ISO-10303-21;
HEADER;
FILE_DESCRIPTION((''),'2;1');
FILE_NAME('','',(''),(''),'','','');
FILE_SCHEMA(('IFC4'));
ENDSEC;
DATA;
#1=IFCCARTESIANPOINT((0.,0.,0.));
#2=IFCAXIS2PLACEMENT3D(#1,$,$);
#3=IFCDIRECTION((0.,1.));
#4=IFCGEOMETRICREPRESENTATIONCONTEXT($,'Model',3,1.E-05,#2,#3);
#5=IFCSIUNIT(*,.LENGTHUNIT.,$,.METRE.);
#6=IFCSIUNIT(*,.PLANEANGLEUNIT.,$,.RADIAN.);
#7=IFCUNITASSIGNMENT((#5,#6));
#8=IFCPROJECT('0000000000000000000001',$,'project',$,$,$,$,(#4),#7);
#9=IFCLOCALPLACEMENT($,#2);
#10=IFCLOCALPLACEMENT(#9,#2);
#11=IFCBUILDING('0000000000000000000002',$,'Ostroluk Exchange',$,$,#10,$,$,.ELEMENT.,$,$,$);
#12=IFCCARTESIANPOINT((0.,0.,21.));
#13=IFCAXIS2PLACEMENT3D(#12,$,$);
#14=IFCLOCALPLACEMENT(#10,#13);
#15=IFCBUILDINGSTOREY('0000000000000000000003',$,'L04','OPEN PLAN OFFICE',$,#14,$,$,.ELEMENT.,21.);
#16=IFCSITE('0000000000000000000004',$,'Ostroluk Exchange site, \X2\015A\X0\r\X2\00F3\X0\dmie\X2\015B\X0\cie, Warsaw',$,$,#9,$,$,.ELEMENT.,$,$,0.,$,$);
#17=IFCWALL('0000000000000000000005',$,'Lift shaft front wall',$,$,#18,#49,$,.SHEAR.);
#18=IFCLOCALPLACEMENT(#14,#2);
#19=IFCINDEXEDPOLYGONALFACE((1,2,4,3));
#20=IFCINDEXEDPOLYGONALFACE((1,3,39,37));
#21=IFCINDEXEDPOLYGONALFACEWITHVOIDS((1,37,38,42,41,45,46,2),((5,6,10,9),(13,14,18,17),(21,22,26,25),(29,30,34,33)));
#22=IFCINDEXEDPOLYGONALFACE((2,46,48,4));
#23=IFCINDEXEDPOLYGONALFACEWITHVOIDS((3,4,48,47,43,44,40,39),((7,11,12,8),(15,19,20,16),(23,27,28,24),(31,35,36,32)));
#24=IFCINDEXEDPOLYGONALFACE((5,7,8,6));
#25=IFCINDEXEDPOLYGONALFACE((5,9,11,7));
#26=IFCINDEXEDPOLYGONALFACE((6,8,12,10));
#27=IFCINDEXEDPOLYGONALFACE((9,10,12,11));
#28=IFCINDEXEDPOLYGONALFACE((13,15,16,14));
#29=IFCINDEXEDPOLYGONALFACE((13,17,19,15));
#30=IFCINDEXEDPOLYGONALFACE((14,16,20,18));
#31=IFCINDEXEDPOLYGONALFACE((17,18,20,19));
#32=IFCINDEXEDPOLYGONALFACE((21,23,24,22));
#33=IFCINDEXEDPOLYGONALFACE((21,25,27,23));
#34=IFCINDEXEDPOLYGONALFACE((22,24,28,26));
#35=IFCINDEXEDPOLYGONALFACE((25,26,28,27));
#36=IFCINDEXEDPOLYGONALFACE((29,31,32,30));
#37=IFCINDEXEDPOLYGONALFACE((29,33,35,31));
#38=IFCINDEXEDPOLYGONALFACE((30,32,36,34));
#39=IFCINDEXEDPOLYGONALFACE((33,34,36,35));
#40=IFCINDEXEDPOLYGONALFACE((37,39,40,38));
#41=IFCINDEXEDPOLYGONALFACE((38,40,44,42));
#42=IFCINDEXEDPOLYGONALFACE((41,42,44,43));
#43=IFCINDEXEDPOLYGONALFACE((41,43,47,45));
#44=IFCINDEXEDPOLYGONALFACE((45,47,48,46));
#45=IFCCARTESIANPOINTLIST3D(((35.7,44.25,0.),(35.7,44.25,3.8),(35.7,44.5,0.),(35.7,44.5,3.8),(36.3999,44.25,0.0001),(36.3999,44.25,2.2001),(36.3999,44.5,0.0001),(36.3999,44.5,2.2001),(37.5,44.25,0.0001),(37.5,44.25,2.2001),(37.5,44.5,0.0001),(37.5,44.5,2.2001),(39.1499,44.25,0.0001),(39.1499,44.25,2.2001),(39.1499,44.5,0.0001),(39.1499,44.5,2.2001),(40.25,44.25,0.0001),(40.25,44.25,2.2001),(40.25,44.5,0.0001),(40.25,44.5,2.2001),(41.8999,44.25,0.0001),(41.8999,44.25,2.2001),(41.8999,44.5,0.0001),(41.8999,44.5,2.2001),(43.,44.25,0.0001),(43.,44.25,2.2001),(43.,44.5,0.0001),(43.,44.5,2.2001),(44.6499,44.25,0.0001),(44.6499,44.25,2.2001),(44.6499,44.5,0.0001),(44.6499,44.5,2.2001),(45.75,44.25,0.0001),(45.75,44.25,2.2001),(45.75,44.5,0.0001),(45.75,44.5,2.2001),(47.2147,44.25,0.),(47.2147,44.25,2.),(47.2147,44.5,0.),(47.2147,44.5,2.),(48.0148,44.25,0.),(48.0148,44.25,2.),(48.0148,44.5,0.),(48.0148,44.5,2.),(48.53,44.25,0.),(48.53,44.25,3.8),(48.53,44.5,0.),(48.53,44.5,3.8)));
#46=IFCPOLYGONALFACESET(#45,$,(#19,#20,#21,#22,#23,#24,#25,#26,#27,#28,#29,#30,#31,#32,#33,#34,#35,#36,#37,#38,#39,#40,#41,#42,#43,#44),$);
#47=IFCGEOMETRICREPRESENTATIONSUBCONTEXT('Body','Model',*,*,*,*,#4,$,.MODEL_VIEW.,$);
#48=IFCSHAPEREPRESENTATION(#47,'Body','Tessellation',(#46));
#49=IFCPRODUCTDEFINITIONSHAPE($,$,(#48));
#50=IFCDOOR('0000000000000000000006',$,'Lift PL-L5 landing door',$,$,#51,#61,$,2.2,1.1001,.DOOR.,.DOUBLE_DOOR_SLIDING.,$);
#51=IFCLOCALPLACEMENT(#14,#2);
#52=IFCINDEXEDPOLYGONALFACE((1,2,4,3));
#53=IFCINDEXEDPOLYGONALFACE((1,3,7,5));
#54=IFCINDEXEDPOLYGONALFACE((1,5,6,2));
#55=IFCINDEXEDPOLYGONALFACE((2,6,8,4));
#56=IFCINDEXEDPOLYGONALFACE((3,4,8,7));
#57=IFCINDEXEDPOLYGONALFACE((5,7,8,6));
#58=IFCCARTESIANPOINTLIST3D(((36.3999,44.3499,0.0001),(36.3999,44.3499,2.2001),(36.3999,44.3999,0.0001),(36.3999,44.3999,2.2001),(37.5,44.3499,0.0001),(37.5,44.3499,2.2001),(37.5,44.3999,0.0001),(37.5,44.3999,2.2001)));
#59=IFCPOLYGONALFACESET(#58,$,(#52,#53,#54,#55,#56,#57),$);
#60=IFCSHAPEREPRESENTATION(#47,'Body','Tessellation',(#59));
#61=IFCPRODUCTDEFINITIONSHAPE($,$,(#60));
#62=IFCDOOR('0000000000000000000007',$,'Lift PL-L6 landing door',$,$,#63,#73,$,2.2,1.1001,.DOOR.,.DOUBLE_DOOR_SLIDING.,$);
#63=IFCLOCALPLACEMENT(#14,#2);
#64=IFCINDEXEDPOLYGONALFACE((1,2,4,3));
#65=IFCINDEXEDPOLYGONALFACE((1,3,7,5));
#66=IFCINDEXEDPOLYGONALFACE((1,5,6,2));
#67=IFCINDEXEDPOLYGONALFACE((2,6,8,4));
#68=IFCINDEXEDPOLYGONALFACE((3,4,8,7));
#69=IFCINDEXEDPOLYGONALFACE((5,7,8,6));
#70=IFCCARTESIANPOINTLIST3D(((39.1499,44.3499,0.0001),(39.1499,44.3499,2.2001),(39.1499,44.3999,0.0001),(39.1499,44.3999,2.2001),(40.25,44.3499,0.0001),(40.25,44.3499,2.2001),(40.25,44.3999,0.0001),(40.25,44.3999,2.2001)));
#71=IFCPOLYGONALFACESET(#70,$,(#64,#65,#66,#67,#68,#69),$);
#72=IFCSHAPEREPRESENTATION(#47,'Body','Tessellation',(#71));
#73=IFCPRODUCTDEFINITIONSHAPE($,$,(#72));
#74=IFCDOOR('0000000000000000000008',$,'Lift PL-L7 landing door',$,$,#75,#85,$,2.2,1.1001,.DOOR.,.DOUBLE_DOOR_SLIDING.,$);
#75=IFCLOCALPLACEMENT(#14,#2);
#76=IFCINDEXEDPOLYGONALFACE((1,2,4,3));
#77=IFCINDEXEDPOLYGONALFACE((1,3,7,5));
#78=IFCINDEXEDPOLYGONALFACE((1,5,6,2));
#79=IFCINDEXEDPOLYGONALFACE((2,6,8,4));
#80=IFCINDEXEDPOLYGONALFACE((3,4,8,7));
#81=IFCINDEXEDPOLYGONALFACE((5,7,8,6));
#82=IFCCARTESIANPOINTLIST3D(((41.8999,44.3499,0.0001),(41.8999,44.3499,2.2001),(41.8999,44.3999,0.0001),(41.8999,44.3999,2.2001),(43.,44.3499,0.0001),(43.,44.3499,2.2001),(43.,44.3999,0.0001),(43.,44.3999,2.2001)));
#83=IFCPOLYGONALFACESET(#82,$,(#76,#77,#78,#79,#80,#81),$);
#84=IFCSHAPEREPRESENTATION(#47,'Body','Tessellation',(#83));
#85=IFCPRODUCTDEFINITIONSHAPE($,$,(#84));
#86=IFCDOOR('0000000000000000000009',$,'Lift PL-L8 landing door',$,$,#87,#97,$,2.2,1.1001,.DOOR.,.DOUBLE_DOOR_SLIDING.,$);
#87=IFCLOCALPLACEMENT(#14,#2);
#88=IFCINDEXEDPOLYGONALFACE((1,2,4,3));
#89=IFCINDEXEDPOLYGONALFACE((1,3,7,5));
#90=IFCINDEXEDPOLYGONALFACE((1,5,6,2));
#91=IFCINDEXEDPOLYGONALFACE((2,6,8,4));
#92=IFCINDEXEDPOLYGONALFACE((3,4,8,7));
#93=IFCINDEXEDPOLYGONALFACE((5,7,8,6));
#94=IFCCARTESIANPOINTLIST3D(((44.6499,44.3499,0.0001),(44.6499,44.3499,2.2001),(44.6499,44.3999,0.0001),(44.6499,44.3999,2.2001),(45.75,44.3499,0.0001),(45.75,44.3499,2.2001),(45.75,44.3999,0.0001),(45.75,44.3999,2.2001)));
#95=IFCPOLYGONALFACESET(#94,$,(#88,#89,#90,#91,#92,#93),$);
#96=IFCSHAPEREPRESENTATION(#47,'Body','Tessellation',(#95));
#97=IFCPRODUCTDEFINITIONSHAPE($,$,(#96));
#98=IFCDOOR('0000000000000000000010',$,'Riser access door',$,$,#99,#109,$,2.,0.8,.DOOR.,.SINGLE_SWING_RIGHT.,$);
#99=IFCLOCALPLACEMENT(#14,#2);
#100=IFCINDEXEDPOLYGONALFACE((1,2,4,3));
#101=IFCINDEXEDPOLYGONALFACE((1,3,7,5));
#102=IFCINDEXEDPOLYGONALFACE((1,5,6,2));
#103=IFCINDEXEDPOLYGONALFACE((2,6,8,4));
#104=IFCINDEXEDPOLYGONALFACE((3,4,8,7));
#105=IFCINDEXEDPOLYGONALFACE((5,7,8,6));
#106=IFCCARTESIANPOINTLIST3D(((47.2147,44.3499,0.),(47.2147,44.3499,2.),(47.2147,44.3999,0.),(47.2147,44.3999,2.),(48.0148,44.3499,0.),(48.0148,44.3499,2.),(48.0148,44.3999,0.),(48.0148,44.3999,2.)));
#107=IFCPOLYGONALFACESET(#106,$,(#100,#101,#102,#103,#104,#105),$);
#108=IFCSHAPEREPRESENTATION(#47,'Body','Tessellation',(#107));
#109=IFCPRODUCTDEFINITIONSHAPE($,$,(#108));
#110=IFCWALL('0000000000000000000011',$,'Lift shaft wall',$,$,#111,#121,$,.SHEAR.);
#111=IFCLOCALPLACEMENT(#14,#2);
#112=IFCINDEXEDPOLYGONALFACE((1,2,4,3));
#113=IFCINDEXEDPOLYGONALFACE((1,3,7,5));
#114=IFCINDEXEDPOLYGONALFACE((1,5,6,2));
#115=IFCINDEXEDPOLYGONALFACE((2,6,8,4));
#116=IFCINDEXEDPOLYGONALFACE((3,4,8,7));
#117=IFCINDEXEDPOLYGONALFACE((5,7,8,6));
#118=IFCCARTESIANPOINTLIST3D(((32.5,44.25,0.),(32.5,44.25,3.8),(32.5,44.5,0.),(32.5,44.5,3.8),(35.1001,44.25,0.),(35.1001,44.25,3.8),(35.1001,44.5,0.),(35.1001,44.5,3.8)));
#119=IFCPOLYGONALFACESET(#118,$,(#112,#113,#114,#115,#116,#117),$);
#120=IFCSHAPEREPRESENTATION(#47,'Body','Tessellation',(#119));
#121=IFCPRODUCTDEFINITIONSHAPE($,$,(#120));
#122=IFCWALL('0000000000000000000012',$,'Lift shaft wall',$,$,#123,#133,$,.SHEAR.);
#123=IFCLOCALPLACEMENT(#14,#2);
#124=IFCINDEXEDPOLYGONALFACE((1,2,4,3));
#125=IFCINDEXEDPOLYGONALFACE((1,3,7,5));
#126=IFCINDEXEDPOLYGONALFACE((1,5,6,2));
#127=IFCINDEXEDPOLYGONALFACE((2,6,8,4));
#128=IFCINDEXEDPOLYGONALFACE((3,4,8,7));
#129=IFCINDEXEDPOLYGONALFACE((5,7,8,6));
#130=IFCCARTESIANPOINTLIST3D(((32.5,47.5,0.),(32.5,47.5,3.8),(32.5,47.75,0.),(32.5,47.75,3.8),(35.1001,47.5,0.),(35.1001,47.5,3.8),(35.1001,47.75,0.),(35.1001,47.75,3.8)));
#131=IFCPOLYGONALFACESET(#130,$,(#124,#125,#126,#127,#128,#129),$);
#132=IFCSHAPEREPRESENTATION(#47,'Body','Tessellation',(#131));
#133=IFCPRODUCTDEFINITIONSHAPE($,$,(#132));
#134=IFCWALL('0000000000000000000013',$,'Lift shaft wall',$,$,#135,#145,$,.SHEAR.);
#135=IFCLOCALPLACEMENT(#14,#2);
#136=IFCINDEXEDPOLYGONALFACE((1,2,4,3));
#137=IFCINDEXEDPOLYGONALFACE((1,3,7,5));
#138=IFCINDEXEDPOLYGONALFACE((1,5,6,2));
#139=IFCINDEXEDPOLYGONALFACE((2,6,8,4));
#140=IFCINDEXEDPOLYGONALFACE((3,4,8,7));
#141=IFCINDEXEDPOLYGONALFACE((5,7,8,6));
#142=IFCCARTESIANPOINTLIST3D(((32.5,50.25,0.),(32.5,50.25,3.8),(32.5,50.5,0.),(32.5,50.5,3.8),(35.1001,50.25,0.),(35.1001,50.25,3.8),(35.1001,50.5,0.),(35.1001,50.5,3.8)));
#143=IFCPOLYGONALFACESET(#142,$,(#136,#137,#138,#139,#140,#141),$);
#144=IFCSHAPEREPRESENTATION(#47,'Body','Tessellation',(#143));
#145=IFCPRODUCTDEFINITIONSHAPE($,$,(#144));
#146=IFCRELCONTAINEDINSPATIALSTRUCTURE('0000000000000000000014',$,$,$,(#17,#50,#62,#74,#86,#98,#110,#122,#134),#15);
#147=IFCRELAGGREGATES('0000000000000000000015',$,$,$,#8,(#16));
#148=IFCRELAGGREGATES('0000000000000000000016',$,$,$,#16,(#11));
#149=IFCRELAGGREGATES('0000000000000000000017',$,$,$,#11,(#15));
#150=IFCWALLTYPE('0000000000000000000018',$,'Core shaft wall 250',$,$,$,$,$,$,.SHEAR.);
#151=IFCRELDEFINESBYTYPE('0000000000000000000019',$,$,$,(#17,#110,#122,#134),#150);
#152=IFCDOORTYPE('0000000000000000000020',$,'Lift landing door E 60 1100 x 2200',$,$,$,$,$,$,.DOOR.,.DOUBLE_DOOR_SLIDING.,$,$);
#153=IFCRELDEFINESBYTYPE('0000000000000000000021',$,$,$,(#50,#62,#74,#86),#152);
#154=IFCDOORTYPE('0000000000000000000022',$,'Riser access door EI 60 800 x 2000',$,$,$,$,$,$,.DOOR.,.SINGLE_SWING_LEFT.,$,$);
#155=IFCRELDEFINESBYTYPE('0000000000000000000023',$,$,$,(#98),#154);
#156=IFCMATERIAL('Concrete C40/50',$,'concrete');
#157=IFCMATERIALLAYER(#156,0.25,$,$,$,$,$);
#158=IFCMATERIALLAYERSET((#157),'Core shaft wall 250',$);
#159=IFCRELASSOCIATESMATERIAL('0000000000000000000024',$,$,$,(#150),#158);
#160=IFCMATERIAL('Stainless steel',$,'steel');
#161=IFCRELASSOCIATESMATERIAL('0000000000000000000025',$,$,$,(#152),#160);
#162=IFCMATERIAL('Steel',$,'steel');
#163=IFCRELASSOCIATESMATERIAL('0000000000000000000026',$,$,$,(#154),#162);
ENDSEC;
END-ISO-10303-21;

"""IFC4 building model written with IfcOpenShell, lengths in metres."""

from ifc_helpers import new_model, si_unit, direction, frame, frame_2d, origin, place, context, subcontext, project, spatial, rectangle, extrude, material, layer, layer_set, type_object, element, fill, save


model = new_model("IFC4")

# Units and contexts
model_context = context("Model", 3, precision=1e-05, world=origin(), true_north=direction((0.0, 1.0)))
body_context = subcontext(model_context, "Body", "Model", "MODEL_VIEW")
ifc_project = project(units=[si_unit("LENGTHUNIT", "METRE"), si_unit("PLANEANGLEUNIT", "RADIAN")], contexts=[model_context])

# Site, building, storey
site_placement = place(None, origin())
site = spatial("IfcSite", under=ifc_project, at=site_placement, Name="Ostroluk Exchange site, Śródmieście, Warsaw", CompositionType="ELEMENT", RefElevation=0.0)
building_placement = place(site_placement, origin())
building = spatial("IfcBuilding", under=site, at=building_placement, Name="Ostroluk Exchange", CompositionType="ELEMENT")
storey_placement = place(building_placement, frame((0.0, 0.0, 21.0)))
storey = spatial("IfcBuildingStorey", under=building, at=storey_placement, Name="L04", Description="OPEN PLAN OFFICE", CompositionType="ELEMENT", Elevation=21.0)

# Shared definitions
ifc_material_1 = material(Name="Concrete C40/50", Category="concrete")
ifc_layer = layer(ifc_material_1, 0.25)
ifc_layer_set = layer_set([ifc_layer], Name="Core shaft wall 250")
wall_type = type_object("IfcWallType", Name="Core shaft wall 250", PredefinedType="SHEAR", material=ifc_layer_set)

# Shared definitions
ifc_material_2 = material(Name="Stainless steel", Category="steel")
door_type_1 = type_object("IfcDoorType", Name="Lift landing door E 60 1100 x 2200", OperationType="DOUBLE_DOOR_SLIDING", PredefinedType="DOOR", material=ifc_material_2)
ifc_material_3 = material(Name="Steel", Category="steel")
door_type_2 = type_object("IfcDoorType", Name="Riser access door EI 60 800 x 2000", OperationType="SINGLE_SWING_LEFT", PredefinedType="DOOR", material=ifc_material_3)

# Wall, openings, doors
wall_1_placement = place(storey_placement, frame((35.7, 44.375, 0.0), z_axis=(0.0, 0.0, 1.0), x_axis=(1.0, 0.0, 0.0)))
wall_1 = element("IfcWall", 1, at=wall_1_placement, inside=storey, type_object=wall_type, Name="Lift shaft front wall", PredefinedType="SHEAR", context=body_context, shape_type="SweptSolid", body=[
    extrude(rectangle(XDim=12.8301, YDim=0.25, at=frame_2d((6.415, 0.0))), origin(), (0.0, 0.0, 1.0), 3.8),
])
opening_1_placement = place(wall_1_placement, frame((0.7, 0.0, 0.0)))
opening_1 = element("IfcOpeningElement", 2, at=opening_1_placement, cuts=wall_1, PredefinedType="OPENING", context=body_context, shape_type="SweptSolid", body=[
    extrude(rectangle(XDim=1.1001, YDim=2.2, at=frame_2d((0.55, 1.1001))), frame((0.0, 0.135, 0.0), z_axis=(0.0, -1.0, 0.0), x_axis=(1.0, 0.0, 0.0)), (0.0, 0.0, 1.0), 0.27),
])
opening_2_placement = place(wall_1_placement, frame((3.45, 0.0, 0.0)))
opening_2 = element("IfcOpeningElement", 3, at=opening_2_placement, cuts=wall_1, PredefinedType="OPENING", context=body_context, shape_type="SweptSolid", body=[
    extrude(rectangle(XDim=1.1001, YDim=2.2, at=frame_2d((0.55, 1.1001))), frame((0.0, 0.135, 0.0), z_axis=(0.0, -1.0, 0.0), x_axis=(1.0, 0.0, 0.0)), (0.0, 0.0, 1.0), 0.27),
])
opening_3_placement = place(wall_1_placement, frame((6.2, 0.0, 0.0)))
opening_3 = element("IfcOpeningElement", 4, at=opening_3_placement, cuts=wall_1, PredefinedType="OPENING", context=body_context, shape_type="SweptSolid", body=[
    extrude(rectangle(XDim=1.1001, YDim=2.2, at=frame_2d((0.55, 1.1001))), frame((0.0, 0.135, 0.0), z_axis=(0.0, -1.0, 0.0), x_axis=(1.0, 0.0, 0.0)), (0.0, 0.0, 1.0), 0.27),
])
opening_4_placement = place(wall_1_placement, frame((8.95, 0.0, 0.0)))
opening_4 = element("IfcOpeningElement", 5, at=opening_4_placement, cuts=wall_1, PredefinedType="OPENING", context=body_context, shape_type="SweptSolid", body=[
    extrude(rectangle(XDim=1.1001, YDim=2.2, at=frame_2d((0.55, 1.1001))), frame((0.0, 0.135, 0.0), z_axis=(0.0, -1.0, 0.0), x_axis=(1.0, 0.0, 0.0)), (0.0, 0.0, 1.0), 0.27),
])
opening_5_placement = place(wall_1_placement, frame((11.5149, 0.0, 0.0)))
opening_5 = element("IfcOpeningElement", 6, at=opening_5_placement, cuts=wall_1, PredefinedType="OPENING", context=body_context, shape_type="SweptSolid", body=[
    extrude(rectangle(XDim=0.8, YDim=2.0, at=frame_2d((0.3999, 1.0))), frame((0.0, 0.135, 0.0), z_axis=(0.0, -1.0, 0.0), x_axis=(1.0, 0.0, 0.0)), (0.0, 0.0, 1.0), 0.27),
])
door_1_placement = place(opening_1_placement, origin())
door_1 = element("IfcDoor", 7, at=door_1_placement, inside=storey, type_object=door_type_1, Name="Lift PL-L5 landing door", OperationType="DOUBLE_DOOR_SLIDING", OverallHeight=2.2, OverallWidth=1.1001, PredefinedType="DOOR", context=body_context, shape_type="SweptSolid", body=[
    extrude(rectangle(XDim=1.1001, YDim=2.2, at=frame_2d((0.55, 1.1001))), frame((0.0, 0.0249, 0.0), z_axis=(0.0, -1.0, 0.0), x_axis=(1.0, 0.0, 0.0)), (0.0, 0.0, 1.0), 0.05),
])
fill(opening_1, door_1)
door_2_placement = place(opening_2_placement, origin())
door_2 = element("IfcDoor", 8, at=door_2_placement, inside=storey, type_object=door_type_1, Name="Lift PL-L6 landing door", OperationType="DOUBLE_DOOR_SLIDING", OverallHeight=2.2, OverallWidth=1.1001, PredefinedType="DOOR", context=body_context, shape_type="SweptSolid", body=[
    extrude(rectangle(XDim=1.1001, YDim=2.2, at=frame_2d((0.55, 1.1001))), frame((0.0, 0.0249, 0.0), z_axis=(0.0, -1.0, 0.0), x_axis=(1.0, 0.0, 0.0)), (0.0, 0.0, 1.0), 0.05),
])
fill(opening_2, door_2)
door_3_placement = place(opening_3_placement, origin())
door_3 = element("IfcDoor", 9, at=door_3_placement, inside=storey, type_object=door_type_1, Name="Lift PL-L7 landing door", OperationType="DOUBLE_DOOR_SLIDING", OverallHeight=2.2, OverallWidth=1.1001, PredefinedType="DOOR", context=body_context, shape_type="SweptSolid", body=[
    extrude(rectangle(XDim=1.1001, YDim=2.2, at=frame_2d((0.55, 1.1001))), frame((0.0, 0.0249, 0.0), z_axis=(0.0, -1.0, 0.0), x_axis=(1.0, 0.0, 0.0)), (0.0, 0.0, 1.0), 0.05),
])
fill(opening_3, door_3)
door_4_placement = place(opening_4_placement, origin())
door_4 = element("IfcDoor", 10, at=door_4_placement, inside=storey, type_object=door_type_1, Name="Lift PL-L8 landing door", OperationType="DOUBLE_DOOR_SLIDING", OverallHeight=2.2, OverallWidth=1.1001, PredefinedType="DOOR", context=body_context, shape_type="SweptSolid", body=[
    extrude(rectangle(XDim=1.1001, YDim=2.2, at=frame_2d((0.55, 1.1001))), frame((0.0, 0.0249, 0.0), z_axis=(0.0, -1.0, 0.0), x_axis=(1.0, 0.0, 0.0)), (0.0, 0.0, 1.0), 0.05),
])
fill(opening_4, door_4)
door_5_placement = place(opening_5_placement, origin())
door_5 = element("IfcDoor", 11, at=door_5_placement, inside=storey, type_object=door_type_2, Name="Riser access door", OperationType="SINGLE_SWING_RIGHT", OverallHeight=2.0, OverallWidth=0.8, PredefinedType="DOOR", context=body_context, shape_type="SweptSolid", body=[
    extrude(rectangle(XDim=0.8, YDim=2.0, at=frame_2d((0.3999, 1.0))), frame((0.0, 0.0249, 0.0), z_axis=(0.0, -1.0, 0.0), x_axis=(1.0, 0.0, 0.0)), (0.0, 0.0, 1.0), 0.05),
])
fill(opening_5, door_5)

# Walls
for number, where, z_axis, x_axis, name in (
    (12, (32.5, 44.375, 0.0), (0.0, 0.0, 1.0), (1.0, 0.0, 0.0), "Lift shaft wall"),
    (13, (32.5, 47.625, 0.0), (0.0, 0.0, 1.0), (1.0, 0.0, 0.0), "Lift shaft wall"),
    (14, (32.5, 50.375, 0.0), (0.0, 0.0, 1.0), (1.0, 0.0, 0.0), "Lift shaft wall"),
):
    element("IfcWall", number, at=place(storey_placement, frame(where, z_axis=z_axis, x_axis=x_axis)), inside=storey, type_object=wall_type, Name=name, PredefinedType="SHEAR", context=body_context, shape_type="SweptSolid", body=[
        extrude(rectangle(XDim=2.6001, YDim=0.25, at=frame_2d((1.3, 0.0))), origin(), (0.0, 0.0, 1.0), 3.8),
    ])

save(model, "model.ifc")
